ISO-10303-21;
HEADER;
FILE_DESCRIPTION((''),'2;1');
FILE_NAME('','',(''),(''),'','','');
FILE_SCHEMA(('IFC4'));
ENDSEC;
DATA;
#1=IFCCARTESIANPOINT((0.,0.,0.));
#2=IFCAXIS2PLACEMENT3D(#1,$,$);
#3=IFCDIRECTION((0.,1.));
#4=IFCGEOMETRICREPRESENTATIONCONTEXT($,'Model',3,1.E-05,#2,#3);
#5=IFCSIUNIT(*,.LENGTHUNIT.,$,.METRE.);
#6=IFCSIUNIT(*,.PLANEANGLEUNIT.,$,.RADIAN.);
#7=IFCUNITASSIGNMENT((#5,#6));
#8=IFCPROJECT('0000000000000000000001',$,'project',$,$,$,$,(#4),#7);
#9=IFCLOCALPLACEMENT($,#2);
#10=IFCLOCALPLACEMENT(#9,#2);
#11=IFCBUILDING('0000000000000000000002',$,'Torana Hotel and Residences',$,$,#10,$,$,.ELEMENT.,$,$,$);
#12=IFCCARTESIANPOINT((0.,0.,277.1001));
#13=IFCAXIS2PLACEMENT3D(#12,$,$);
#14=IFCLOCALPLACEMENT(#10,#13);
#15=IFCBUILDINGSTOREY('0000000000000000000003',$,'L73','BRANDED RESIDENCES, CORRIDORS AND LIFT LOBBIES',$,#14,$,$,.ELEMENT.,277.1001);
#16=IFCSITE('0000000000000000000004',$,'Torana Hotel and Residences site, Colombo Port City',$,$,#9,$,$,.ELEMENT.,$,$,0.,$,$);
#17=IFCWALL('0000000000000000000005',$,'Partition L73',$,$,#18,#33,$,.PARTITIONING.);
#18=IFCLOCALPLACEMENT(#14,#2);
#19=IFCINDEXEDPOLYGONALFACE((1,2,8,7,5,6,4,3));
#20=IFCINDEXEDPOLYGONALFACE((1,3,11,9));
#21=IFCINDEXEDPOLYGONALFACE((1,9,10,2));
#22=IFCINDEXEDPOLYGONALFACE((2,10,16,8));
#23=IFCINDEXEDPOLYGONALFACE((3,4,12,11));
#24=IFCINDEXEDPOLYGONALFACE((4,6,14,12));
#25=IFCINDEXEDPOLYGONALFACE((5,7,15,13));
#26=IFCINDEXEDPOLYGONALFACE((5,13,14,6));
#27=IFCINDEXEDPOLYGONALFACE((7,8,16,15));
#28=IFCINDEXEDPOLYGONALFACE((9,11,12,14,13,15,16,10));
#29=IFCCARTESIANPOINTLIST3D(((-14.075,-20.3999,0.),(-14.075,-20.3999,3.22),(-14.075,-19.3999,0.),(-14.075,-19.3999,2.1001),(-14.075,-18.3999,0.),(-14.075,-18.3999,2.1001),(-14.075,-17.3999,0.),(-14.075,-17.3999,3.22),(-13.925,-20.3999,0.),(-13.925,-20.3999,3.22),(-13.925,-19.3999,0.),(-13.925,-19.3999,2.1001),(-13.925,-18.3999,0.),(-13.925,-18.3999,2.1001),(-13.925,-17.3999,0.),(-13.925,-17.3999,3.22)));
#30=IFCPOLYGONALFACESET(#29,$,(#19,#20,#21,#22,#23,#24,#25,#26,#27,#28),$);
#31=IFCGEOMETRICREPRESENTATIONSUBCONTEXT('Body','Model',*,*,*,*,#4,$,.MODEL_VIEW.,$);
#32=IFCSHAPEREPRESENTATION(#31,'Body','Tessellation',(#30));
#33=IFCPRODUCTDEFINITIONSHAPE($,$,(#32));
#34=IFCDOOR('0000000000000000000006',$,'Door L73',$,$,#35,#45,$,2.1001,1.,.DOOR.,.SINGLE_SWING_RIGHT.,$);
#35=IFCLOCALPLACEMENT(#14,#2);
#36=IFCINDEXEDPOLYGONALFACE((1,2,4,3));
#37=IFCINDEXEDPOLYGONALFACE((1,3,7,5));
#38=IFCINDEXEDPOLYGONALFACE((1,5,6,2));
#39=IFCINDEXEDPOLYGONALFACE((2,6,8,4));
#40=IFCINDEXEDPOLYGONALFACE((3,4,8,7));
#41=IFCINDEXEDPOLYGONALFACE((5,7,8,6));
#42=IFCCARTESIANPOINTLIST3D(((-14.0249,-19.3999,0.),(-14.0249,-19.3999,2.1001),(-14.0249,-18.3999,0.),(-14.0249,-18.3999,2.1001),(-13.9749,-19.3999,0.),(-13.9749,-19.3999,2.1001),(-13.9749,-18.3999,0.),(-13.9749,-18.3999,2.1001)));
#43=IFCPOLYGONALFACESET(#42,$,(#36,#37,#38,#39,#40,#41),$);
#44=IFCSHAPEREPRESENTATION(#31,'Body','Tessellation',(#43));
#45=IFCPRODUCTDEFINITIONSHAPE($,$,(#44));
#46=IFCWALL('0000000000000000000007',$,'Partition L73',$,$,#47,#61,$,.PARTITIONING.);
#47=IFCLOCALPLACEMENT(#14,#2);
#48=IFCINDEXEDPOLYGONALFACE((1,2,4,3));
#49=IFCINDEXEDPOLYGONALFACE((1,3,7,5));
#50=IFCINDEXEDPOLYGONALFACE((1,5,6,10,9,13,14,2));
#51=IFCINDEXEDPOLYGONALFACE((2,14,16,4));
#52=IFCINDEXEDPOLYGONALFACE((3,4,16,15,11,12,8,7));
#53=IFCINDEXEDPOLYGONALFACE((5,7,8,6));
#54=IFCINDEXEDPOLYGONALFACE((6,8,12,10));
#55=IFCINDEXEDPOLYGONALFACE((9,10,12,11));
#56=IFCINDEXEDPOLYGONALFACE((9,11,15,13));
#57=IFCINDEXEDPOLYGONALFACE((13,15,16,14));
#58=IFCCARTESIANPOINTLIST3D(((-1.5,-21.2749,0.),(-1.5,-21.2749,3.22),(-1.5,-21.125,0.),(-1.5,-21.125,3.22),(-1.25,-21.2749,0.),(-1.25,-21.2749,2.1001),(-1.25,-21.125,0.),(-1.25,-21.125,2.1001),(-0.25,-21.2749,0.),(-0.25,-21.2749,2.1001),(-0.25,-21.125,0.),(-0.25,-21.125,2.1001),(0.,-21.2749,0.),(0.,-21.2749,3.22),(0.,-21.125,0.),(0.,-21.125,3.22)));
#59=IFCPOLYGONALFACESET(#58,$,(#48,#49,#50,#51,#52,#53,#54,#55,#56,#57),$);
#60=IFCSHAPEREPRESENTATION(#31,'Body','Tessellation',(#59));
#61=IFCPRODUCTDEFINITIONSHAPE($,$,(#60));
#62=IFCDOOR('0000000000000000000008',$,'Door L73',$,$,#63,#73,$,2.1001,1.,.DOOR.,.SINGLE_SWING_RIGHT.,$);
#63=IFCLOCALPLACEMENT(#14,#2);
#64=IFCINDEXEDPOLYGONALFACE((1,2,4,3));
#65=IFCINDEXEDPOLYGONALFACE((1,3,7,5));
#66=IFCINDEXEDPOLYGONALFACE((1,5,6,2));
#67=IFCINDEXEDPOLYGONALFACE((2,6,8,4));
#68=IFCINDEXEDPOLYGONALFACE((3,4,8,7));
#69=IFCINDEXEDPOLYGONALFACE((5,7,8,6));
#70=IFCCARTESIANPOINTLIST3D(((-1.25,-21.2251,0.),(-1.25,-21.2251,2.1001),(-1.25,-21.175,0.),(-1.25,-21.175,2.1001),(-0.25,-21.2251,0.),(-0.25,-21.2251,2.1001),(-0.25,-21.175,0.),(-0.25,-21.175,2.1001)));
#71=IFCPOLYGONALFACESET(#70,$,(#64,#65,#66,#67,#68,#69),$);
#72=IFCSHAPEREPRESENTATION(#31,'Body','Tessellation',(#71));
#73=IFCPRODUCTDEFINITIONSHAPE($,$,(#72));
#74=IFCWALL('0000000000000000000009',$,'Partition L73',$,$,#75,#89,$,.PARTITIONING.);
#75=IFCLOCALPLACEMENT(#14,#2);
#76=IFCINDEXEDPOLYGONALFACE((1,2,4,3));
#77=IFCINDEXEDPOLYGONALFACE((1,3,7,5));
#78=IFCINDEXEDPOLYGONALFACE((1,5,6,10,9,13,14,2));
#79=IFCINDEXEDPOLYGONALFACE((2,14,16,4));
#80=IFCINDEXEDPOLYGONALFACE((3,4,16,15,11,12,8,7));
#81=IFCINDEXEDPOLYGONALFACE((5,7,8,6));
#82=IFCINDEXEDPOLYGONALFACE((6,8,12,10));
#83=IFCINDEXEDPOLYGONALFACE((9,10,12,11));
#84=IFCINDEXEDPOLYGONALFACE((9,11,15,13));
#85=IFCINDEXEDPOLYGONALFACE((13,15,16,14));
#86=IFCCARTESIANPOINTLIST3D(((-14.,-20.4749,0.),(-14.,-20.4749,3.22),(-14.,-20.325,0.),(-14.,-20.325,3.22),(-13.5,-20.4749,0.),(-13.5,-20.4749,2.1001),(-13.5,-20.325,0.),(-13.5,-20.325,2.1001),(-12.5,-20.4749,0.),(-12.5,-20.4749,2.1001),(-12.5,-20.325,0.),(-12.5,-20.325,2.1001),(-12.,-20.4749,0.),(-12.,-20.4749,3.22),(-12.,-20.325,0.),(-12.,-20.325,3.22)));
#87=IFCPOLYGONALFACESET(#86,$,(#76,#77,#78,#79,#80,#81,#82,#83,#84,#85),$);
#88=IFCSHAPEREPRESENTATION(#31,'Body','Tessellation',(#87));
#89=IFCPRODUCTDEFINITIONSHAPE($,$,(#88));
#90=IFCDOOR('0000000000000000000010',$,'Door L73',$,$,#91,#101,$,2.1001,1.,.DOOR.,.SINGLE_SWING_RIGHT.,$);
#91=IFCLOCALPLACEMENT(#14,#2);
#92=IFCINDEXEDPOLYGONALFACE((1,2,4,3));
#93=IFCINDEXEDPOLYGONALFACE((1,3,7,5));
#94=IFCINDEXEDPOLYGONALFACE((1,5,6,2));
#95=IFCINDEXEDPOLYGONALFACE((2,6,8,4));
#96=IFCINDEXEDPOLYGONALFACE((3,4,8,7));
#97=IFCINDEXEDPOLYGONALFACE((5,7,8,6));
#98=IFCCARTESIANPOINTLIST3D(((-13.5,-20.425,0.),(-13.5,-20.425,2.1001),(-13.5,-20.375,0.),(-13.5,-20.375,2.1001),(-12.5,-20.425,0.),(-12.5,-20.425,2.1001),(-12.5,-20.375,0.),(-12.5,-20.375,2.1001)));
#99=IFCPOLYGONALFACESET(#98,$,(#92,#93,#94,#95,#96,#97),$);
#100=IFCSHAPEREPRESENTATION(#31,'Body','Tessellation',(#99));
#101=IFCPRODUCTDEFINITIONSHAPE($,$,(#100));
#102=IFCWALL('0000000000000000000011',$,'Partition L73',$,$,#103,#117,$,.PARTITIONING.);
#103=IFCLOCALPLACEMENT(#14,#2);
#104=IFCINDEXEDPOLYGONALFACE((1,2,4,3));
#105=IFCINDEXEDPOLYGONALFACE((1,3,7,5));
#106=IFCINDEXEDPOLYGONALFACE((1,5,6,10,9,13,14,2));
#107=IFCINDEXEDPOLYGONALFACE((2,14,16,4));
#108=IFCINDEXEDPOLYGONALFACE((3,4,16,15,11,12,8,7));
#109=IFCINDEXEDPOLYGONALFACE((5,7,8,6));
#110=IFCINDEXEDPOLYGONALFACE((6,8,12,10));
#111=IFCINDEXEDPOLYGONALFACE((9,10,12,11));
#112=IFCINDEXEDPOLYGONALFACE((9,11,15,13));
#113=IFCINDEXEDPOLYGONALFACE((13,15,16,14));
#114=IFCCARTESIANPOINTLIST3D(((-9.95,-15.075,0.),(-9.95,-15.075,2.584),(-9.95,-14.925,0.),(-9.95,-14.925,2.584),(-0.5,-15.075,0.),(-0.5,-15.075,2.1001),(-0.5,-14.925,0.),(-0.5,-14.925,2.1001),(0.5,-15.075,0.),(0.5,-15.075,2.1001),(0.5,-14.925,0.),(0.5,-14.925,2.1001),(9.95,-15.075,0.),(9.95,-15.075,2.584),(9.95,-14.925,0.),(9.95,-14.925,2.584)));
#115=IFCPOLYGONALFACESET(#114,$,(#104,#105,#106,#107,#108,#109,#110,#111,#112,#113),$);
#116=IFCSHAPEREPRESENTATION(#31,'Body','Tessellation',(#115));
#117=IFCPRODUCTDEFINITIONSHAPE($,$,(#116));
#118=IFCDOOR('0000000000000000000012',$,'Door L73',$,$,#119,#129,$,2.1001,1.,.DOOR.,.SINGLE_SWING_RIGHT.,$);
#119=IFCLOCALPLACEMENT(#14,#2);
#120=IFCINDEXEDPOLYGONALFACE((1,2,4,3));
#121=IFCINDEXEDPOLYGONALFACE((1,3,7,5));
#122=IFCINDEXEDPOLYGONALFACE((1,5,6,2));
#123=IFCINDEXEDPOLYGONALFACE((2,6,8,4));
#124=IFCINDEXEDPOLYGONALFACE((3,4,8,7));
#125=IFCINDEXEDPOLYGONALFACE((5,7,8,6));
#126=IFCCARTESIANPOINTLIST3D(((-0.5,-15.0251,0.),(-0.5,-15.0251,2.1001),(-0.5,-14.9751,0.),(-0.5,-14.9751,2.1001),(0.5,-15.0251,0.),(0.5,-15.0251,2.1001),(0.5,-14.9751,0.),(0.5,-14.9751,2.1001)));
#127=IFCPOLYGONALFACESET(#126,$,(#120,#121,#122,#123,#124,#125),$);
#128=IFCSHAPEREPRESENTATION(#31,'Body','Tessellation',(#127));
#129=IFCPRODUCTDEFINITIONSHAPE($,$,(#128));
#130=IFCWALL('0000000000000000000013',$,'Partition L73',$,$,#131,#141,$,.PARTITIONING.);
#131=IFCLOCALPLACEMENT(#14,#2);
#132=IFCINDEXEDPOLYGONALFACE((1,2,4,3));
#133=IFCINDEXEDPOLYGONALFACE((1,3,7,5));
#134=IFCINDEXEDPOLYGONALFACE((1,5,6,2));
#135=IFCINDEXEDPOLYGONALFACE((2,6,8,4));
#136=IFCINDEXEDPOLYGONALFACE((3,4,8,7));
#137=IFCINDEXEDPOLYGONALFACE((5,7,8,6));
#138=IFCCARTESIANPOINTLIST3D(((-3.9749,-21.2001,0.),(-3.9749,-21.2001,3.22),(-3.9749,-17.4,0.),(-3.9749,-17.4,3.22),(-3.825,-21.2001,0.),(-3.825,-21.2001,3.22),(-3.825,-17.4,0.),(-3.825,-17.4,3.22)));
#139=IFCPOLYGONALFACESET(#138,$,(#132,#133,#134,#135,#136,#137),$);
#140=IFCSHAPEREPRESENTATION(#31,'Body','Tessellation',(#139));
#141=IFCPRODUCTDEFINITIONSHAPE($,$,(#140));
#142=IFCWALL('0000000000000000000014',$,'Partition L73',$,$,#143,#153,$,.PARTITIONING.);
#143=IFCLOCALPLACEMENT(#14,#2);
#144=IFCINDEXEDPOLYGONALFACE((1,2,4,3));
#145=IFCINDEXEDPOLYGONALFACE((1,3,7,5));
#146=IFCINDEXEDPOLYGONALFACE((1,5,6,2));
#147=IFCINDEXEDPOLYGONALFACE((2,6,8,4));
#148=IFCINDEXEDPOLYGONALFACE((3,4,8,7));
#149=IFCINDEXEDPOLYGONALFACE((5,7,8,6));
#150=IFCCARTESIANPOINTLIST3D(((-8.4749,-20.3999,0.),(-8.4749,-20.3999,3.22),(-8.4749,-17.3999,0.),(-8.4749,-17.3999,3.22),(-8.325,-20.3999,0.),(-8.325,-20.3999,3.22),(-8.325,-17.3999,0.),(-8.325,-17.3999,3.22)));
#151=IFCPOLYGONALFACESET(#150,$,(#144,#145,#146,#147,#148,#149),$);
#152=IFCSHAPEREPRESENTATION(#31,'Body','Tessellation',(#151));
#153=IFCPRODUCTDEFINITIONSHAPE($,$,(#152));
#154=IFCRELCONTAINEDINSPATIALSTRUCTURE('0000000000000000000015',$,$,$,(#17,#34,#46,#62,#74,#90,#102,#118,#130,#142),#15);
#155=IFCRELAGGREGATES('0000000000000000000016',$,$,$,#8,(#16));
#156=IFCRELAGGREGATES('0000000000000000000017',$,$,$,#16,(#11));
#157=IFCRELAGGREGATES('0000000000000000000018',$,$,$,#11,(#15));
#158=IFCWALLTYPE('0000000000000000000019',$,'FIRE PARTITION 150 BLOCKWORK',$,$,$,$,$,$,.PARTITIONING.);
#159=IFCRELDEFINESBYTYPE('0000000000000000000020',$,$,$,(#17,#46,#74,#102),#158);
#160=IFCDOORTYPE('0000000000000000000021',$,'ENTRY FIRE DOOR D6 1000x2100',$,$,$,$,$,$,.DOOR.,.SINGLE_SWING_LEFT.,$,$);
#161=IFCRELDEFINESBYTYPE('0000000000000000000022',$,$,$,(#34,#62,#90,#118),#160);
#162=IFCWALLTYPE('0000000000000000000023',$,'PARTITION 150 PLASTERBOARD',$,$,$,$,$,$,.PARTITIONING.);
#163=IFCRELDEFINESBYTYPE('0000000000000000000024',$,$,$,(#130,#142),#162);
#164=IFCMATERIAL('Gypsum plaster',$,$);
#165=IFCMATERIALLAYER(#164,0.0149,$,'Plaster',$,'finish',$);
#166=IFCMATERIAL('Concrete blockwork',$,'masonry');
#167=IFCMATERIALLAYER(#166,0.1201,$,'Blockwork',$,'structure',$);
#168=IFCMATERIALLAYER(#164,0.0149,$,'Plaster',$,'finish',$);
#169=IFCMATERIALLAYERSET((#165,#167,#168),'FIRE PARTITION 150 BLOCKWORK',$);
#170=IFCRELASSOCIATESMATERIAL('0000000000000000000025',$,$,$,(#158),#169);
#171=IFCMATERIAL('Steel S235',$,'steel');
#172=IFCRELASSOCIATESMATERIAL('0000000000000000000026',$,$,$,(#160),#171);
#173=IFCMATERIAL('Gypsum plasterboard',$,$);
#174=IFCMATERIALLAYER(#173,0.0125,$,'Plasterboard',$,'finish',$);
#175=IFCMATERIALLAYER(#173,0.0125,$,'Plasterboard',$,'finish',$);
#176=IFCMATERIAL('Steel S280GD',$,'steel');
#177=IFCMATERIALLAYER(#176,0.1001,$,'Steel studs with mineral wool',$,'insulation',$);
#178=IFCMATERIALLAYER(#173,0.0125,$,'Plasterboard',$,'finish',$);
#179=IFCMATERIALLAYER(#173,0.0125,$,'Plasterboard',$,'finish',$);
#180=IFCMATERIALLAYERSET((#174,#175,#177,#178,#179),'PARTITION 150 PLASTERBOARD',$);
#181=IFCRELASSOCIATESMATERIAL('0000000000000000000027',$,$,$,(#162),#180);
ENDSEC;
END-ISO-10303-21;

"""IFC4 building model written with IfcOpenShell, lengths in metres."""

from ifc_helpers import new_model, si_unit, direction, frame, frame_2d, origin, place, context, subcontext, project, spatial, rectangle, extrude, material, layer, layer_set, type_object, element, fill, save


model = new_model("IFC4")

# Units and contexts
model_context = context("Model", 3, precision=1e-05, world=origin(), true_north=direction((0.0, 1.0)))
body_context = subcontext(model_context, "Body", "Model", "MODEL_VIEW")
ifc_project = project(units=[si_unit("LENGTHUNIT", "METRE"), si_unit("PLANEANGLEUNIT", "RADIAN")], contexts=[model_context])

# Site, building, storey
site_placement = place(None, origin())
site = spatial("IfcSite", under=ifc_project, at=site_placement, Name="Torana Hotel and Residences site, Colombo Port City", CompositionType="ELEMENT", RefElevation=0.0)
building_placement = place(site_placement, origin())
building = spatial("IfcBuilding", under=site, at=building_placement, Name="Torana Hotel and Residences", CompositionType="ELEMENT")
storey_placement = place(building_placement, frame((0.0, 0.0, 277.1001)))
storey = spatial("IfcBuildingStorey", under=building, at=storey_placement, Name="L73", Description="BRANDED RESIDENCES, CORRIDORS AND LIFT LOBBIES", CompositionType="ELEMENT", Elevation=277.1001)

# Walls, openings, doors
ifc_material_1 = material(Name="Gypsum plaster")
ifc_layer_1 = layer(ifc_material_1, 0.0149, Name="Plaster", Category="finish")
ifc_material_2 = material(Name="Concrete blockwork", Category="masonry")
ifc_layer_2 = layer(ifc_material_2, 0.1201, Name="Blockwork", Category="structure")
ifc_layer_3 = layer(ifc_material_1, 0.0149, Name="Plaster", Category="finish")
ifc_layer_set_1 = layer_set([ifc_layer_1, ifc_layer_2, ifc_layer_3], Name="FIRE PARTITION 150 BLOCKWORK")
wall_type_1 = type_object("IfcWallType", Name="FIRE PARTITION 150 BLOCKWORK", PredefinedType="PARTITIONING", material=ifc_layer_set_1)
ifc_material_3 = material(Name="Steel S235", Category="steel")
door_type_1 = type_object("IfcDoorType", Name="ENTRY FIRE DOOR D6 1000x2100", OperationType="SINGLE_SWING_LEFT", PredefinedType="DOOR", material=ifc_material_3)
wall_1_placement = place(storey_placement, frame((-14.0, -20.3999, 0.0), z_axis=(0.0, 0.0, 1.0), x_axis=(0.0, 1.0, 0.0)))
wall_1 = element("IfcWall", 1, at=wall_1_placement, inside=storey, type_object=wall_type_1, Name="Partition L73", PredefinedType="PARTITIONING", context=body_context, shape_type="SweptSolid", body=[
    extrude(rectangle(XDim=3.0, YDim=0.1499, at=frame_2d((1.5, 0.0))), origin(), (0.0, 0.0, 1.0), 3.22),
])
opening_1_placement = place(wall_1_placement, frame((1.0, 0.0, 0.0)))
opening_1 = element("IfcOpeningElement", 2, at=opening_1_placement, cuts=wall_1, PredefinedType="OPENING", context=body_context, shape_type="SweptSolid", body=[
    extrude(rectangle(XDim=1.0, YDim=2.1001, at=frame_2d((0.5, 1.05))), frame((0.0, 0.085, 0.0), z_axis=(0.0, -1.0, 0.0), x_axis=(1.0, 0.0, 0.0)), (0.0, 0.0, 1.0), 0.1699),
])
door_1_placement = place(opening_1_placement, origin())
door_1 = element("IfcDoor", 3, at=door_1_placement, inside=storey, type_object=door_type_1, Name="Door L73", OperationType="SINGLE_SWING_RIGHT", OverallHeight=2.1001, OverallWidth=1.0, PredefinedType="DOOR", context=body_context, shape_type="SweptSolid", body=[
    extrude(rectangle(XDim=1.0, YDim=2.1001, at=frame_2d((0.5, 1.05))), frame((0.0, 0.0249, 0.0), z_axis=(0.0, -1.0, 0.0), x_axis=(1.0, 0.0, 0.0)), (0.0, 0.0, 1.0), 0.05),
])
fill(opening_1, door_1)
wall_2_placement = place(storey_placement, frame((-1.5, -21.2, 0.0), z_axis=(0.0, 0.0, 1.0), x_axis=(1.0, 0.0, 0.0)))
wall_2 = element("IfcWall", 4, at=wall_2_placement, inside=storey, type_object=wall_type_1, Name="Partition L73", PredefinedType="PARTITIONING", context=body_context, shape_type="SweptSolid", body=[
    extrude(rectangle(XDim=1.5, YDim=0.1499, at=frame_2d((0.75, 0.0))), origin(), (0.0, 0.0, 1.0), 3.22),
])
opening_2_placement = place(wall_2_placement, frame((0.25, 0.0, 0.0)))
opening_2 = element("IfcOpeningElement", 5, at=opening_2_placement, cuts=wall_2, PredefinedType="OPENING", context=body_context, shape_type="SweptSolid", body=[
    extrude(rectangle(XDim=1.0, YDim=2.1001, at=frame_2d((0.5, 1.05))), frame((0.0, 0.085, 0.0), z_axis=(0.0, -1.0, 0.0), x_axis=(1.0, 0.0, 0.0)), (0.0, 0.0, 1.0), 0.1699),
])
door_2_placement = place(opening_2_placement, frame((0.5, 0.0, 0.0), z_axis=(0.0, 0.0, 1.0), x_axis=(-1.0, 0.0, 0.0)))
door_2 = element("IfcDoor", 6, at=door_2_placement, inside=storey, type_object=door_type_1, Name="Door L73", OperationType="SINGLE_SWING_RIGHT", OverallHeight=2.1001, OverallWidth=1.0, PredefinedType="DOOR", context=body_context, shape_type="SweptSolid", body=[
    extrude(rectangle(XDim=1.0, YDim=2.1001, at=frame_2d((0.0, 1.05))), frame((0.0, -0.0249, 0.0), z_axis=(0.0, 1.0, 0.0), x_axis=(-1.0, 0.0, 0.0)), (0.0, 0.0, 1.0), 0.05),
])
fill(opening_2, door_2)
wall_3_placement = place(storey_placement, frame((-14.0, -20.3999, 0.0), z_axis=(0.0, 0.0, 1.0), x_axis=(1.0, 0.0, 0.0)))
wall_3 = element("IfcWall", 7, at=wall_3_placement, inside=storey, type_object=wall_type_1, Name="Partition L73", PredefinedType="PARTITIONING", context=body_context, shape_type="SweptSolid", body=[
    extrude(rectangle(XDim=2.0, YDim=0.1499, at=frame_2d((1.0, 0.0))), origin(), (0.0, 0.0, 1.0), 3.22),
])
opening_3_placement = place(wall_3_placement, frame((0.5, 0.0, 0.0)))
opening_3 = element("IfcOpeningElement", 8, at=opening_3_placement, cuts=wall_3, PredefinedType="OPENING", context=body_context, shape_type="SweptSolid", body=[
    extrude(rectangle(XDim=1.0, YDim=2.1001, at=frame_2d((0.5, 1.05))), frame((0.0, 0.085, 0.0), z_axis=(0.0, -1.0, 0.0), x_axis=(1.0, 0.0, 0.0)), (0.0, 0.0, 1.0), 0.1699),
])
door_3_placement = place(opening_3_placement, frame((0.5, 0.0, 0.0), z_axis=(0.0, 0.0, 1.0), x_axis=(-1.0, 0.0, 0.0)))
door_3 = element("IfcDoor", 9, at=door_3_placement, inside=storey, type_object=door_type_1, Name="Door L73", OperationType="SINGLE_SWING_RIGHT", OverallHeight=2.1001, OverallWidth=1.0, PredefinedType="DOOR", context=body_context, shape_type="SweptSolid", body=[
    extrude(rectangle(XDim=1.0, YDim=2.1001, at=frame_2d((0.0, 1.05))), frame((0.0, -0.0249, 0.0), z_axis=(0.0, 1.0, 0.0), x_axis=(-1.0, 0.0, 0.0)), (0.0, 0.0, 1.0), 0.05),
])
fill(opening_3, door_3)
wall_4_placement = place(storey_placement, frame((-9.95, -15.0, 0.0), z_axis=(0.0, 0.0, 1.0), x_axis=(1.0, 0.0, 0.0)))
wall_4 = element("IfcWall", 10, at=wall_4_placement, inside=storey, type_object=wall_type_1, Name="Partition L73", PredefinedType="PARTITIONING", context=body_context, shape_type="SweptSolid", body=[
    extrude(rectangle(XDim=19.8999, YDim=0.1499, at=frame_2d((9.95, 0.0))), origin(), (0.0, 0.0, 1.0), 2.584),
])
opening_4_placement = place(wall_4_placement, frame((9.45, 0.0, 0.0)))
opening_4 = element("IfcOpeningElement", 11, at=opening_4_placement, cuts=wall_4, PredefinedType="OPENING", context=body_context, shape_type="SweptSolid", body=[
    extrude(rectangle(XDim=1.0, YDim=2.1001, at=frame_2d((0.5, 1.05))), frame((0.0, 0.085, 0.0), z_axis=(0.0, -1.0, 0.0), x_axis=(1.0, 0.0, 0.0)), (0.0, 0.0, 1.0), 0.1699),
])
door_4_placement = place(opening_4_placement, origin())
door_4 = element("IfcDoor", 12, at=door_4_placement, inside=storey, type_object=door_type_1, Name="Door L73", OperationType="SINGLE_SWING_RIGHT", OverallHeight=2.1001, OverallWidth=1.0, PredefinedType="DOOR", context=body_context, shape_type="SweptSolid", body=[
    extrude(rectangle(XDim=1.0, YDim=2.1001, at=frame_2d((0.5, 1.05))), frame((0.0, 0.0249, 0.0), z_axis=(0.0, -1.0, 0.0), x_axis=(1.0, 0.0, 0.0)), (0.0, 0.0, 1.0), 0.05),
])
fill(opening_4, door_4)

# Walls
ifc_material_4 = material(Name="Gypsum plasterboard")
ifc_layer_4 = layer(ifc_material_4, 0.0125, Name="Plasterboard", Category="finish")
ifc_layer_5 = layer(ifc_material_4, 0.0125, Name="Plasterboard", Category="finish")
ifc_material_5 = material(Name="Steel S280GD", Category="steel")
ifc_layer_6 = layer(ifc_material_5, 0.1001, Name="Steel studs with mineral wool", Category="insulation")
ifc_layer_7 = layer(ifc_material_4, 0.0125, Name="Plasterboard", Category="finish")
ifc_layer_8 = layer(ifc_material_4, 0.0125, Name="Plasterboard", Category="finish")
ifc_layer_set_2 = layer_set([ifc_layer_4, ifc_layer_5, ifc_layer_6, ifc_layer_7, ifc_layer_8], Name="PARTITION 150 PLASTERBOARD")
wall_type_2 = type_object("IfcWallType", Name="PARTITION 150 PLASTERBOARD", PredefinedType="PARTITIONING", material=ifc_layer_set_2)
wall_5_placement = place(storey_placement, frame((-3.8999, -21.2, 0.0), z_axis=(0.0, 0.0, 1.0), x_axis=(0.0, 1.0, 0.0)))
element("IfcWall", 13, at=wall_5_placement, inside=storey, type_object=wall_type_2, Name="Partition L73", PredefinedType="PARTITIONING", context=body_context, shape_type="SweptSolid", body=[
    extrude(rectangle(XDim=3.8, YDim=0.1499, at=frame_2d((1.8999, 0.0))), origin(), (0.0, 0.0, 1.0), 3.22),
])
wall_6_placement = place(storey_placement, frame((-8.3999, -20.3999, 0.0), z_axis=(0.0, 0.0, 1.0), x_axis=(0.0, 1.0, 0.0)))
element("IfcWall", 14, at=wall_6_placement, inside=storey, type_object=wall_type_2, Name="Partition L73", PredefinedType="PARTITIONING", context=body_context, shape_type="SweptSolid", body=[
    extrude(rectangle(XDim=3.0, YDim=0.1499, at=frame_2d((1.5, 0.0))), origin(), (0.0, 0.0, 1.0), 3.22),
])

save(model, "model.ifc")
